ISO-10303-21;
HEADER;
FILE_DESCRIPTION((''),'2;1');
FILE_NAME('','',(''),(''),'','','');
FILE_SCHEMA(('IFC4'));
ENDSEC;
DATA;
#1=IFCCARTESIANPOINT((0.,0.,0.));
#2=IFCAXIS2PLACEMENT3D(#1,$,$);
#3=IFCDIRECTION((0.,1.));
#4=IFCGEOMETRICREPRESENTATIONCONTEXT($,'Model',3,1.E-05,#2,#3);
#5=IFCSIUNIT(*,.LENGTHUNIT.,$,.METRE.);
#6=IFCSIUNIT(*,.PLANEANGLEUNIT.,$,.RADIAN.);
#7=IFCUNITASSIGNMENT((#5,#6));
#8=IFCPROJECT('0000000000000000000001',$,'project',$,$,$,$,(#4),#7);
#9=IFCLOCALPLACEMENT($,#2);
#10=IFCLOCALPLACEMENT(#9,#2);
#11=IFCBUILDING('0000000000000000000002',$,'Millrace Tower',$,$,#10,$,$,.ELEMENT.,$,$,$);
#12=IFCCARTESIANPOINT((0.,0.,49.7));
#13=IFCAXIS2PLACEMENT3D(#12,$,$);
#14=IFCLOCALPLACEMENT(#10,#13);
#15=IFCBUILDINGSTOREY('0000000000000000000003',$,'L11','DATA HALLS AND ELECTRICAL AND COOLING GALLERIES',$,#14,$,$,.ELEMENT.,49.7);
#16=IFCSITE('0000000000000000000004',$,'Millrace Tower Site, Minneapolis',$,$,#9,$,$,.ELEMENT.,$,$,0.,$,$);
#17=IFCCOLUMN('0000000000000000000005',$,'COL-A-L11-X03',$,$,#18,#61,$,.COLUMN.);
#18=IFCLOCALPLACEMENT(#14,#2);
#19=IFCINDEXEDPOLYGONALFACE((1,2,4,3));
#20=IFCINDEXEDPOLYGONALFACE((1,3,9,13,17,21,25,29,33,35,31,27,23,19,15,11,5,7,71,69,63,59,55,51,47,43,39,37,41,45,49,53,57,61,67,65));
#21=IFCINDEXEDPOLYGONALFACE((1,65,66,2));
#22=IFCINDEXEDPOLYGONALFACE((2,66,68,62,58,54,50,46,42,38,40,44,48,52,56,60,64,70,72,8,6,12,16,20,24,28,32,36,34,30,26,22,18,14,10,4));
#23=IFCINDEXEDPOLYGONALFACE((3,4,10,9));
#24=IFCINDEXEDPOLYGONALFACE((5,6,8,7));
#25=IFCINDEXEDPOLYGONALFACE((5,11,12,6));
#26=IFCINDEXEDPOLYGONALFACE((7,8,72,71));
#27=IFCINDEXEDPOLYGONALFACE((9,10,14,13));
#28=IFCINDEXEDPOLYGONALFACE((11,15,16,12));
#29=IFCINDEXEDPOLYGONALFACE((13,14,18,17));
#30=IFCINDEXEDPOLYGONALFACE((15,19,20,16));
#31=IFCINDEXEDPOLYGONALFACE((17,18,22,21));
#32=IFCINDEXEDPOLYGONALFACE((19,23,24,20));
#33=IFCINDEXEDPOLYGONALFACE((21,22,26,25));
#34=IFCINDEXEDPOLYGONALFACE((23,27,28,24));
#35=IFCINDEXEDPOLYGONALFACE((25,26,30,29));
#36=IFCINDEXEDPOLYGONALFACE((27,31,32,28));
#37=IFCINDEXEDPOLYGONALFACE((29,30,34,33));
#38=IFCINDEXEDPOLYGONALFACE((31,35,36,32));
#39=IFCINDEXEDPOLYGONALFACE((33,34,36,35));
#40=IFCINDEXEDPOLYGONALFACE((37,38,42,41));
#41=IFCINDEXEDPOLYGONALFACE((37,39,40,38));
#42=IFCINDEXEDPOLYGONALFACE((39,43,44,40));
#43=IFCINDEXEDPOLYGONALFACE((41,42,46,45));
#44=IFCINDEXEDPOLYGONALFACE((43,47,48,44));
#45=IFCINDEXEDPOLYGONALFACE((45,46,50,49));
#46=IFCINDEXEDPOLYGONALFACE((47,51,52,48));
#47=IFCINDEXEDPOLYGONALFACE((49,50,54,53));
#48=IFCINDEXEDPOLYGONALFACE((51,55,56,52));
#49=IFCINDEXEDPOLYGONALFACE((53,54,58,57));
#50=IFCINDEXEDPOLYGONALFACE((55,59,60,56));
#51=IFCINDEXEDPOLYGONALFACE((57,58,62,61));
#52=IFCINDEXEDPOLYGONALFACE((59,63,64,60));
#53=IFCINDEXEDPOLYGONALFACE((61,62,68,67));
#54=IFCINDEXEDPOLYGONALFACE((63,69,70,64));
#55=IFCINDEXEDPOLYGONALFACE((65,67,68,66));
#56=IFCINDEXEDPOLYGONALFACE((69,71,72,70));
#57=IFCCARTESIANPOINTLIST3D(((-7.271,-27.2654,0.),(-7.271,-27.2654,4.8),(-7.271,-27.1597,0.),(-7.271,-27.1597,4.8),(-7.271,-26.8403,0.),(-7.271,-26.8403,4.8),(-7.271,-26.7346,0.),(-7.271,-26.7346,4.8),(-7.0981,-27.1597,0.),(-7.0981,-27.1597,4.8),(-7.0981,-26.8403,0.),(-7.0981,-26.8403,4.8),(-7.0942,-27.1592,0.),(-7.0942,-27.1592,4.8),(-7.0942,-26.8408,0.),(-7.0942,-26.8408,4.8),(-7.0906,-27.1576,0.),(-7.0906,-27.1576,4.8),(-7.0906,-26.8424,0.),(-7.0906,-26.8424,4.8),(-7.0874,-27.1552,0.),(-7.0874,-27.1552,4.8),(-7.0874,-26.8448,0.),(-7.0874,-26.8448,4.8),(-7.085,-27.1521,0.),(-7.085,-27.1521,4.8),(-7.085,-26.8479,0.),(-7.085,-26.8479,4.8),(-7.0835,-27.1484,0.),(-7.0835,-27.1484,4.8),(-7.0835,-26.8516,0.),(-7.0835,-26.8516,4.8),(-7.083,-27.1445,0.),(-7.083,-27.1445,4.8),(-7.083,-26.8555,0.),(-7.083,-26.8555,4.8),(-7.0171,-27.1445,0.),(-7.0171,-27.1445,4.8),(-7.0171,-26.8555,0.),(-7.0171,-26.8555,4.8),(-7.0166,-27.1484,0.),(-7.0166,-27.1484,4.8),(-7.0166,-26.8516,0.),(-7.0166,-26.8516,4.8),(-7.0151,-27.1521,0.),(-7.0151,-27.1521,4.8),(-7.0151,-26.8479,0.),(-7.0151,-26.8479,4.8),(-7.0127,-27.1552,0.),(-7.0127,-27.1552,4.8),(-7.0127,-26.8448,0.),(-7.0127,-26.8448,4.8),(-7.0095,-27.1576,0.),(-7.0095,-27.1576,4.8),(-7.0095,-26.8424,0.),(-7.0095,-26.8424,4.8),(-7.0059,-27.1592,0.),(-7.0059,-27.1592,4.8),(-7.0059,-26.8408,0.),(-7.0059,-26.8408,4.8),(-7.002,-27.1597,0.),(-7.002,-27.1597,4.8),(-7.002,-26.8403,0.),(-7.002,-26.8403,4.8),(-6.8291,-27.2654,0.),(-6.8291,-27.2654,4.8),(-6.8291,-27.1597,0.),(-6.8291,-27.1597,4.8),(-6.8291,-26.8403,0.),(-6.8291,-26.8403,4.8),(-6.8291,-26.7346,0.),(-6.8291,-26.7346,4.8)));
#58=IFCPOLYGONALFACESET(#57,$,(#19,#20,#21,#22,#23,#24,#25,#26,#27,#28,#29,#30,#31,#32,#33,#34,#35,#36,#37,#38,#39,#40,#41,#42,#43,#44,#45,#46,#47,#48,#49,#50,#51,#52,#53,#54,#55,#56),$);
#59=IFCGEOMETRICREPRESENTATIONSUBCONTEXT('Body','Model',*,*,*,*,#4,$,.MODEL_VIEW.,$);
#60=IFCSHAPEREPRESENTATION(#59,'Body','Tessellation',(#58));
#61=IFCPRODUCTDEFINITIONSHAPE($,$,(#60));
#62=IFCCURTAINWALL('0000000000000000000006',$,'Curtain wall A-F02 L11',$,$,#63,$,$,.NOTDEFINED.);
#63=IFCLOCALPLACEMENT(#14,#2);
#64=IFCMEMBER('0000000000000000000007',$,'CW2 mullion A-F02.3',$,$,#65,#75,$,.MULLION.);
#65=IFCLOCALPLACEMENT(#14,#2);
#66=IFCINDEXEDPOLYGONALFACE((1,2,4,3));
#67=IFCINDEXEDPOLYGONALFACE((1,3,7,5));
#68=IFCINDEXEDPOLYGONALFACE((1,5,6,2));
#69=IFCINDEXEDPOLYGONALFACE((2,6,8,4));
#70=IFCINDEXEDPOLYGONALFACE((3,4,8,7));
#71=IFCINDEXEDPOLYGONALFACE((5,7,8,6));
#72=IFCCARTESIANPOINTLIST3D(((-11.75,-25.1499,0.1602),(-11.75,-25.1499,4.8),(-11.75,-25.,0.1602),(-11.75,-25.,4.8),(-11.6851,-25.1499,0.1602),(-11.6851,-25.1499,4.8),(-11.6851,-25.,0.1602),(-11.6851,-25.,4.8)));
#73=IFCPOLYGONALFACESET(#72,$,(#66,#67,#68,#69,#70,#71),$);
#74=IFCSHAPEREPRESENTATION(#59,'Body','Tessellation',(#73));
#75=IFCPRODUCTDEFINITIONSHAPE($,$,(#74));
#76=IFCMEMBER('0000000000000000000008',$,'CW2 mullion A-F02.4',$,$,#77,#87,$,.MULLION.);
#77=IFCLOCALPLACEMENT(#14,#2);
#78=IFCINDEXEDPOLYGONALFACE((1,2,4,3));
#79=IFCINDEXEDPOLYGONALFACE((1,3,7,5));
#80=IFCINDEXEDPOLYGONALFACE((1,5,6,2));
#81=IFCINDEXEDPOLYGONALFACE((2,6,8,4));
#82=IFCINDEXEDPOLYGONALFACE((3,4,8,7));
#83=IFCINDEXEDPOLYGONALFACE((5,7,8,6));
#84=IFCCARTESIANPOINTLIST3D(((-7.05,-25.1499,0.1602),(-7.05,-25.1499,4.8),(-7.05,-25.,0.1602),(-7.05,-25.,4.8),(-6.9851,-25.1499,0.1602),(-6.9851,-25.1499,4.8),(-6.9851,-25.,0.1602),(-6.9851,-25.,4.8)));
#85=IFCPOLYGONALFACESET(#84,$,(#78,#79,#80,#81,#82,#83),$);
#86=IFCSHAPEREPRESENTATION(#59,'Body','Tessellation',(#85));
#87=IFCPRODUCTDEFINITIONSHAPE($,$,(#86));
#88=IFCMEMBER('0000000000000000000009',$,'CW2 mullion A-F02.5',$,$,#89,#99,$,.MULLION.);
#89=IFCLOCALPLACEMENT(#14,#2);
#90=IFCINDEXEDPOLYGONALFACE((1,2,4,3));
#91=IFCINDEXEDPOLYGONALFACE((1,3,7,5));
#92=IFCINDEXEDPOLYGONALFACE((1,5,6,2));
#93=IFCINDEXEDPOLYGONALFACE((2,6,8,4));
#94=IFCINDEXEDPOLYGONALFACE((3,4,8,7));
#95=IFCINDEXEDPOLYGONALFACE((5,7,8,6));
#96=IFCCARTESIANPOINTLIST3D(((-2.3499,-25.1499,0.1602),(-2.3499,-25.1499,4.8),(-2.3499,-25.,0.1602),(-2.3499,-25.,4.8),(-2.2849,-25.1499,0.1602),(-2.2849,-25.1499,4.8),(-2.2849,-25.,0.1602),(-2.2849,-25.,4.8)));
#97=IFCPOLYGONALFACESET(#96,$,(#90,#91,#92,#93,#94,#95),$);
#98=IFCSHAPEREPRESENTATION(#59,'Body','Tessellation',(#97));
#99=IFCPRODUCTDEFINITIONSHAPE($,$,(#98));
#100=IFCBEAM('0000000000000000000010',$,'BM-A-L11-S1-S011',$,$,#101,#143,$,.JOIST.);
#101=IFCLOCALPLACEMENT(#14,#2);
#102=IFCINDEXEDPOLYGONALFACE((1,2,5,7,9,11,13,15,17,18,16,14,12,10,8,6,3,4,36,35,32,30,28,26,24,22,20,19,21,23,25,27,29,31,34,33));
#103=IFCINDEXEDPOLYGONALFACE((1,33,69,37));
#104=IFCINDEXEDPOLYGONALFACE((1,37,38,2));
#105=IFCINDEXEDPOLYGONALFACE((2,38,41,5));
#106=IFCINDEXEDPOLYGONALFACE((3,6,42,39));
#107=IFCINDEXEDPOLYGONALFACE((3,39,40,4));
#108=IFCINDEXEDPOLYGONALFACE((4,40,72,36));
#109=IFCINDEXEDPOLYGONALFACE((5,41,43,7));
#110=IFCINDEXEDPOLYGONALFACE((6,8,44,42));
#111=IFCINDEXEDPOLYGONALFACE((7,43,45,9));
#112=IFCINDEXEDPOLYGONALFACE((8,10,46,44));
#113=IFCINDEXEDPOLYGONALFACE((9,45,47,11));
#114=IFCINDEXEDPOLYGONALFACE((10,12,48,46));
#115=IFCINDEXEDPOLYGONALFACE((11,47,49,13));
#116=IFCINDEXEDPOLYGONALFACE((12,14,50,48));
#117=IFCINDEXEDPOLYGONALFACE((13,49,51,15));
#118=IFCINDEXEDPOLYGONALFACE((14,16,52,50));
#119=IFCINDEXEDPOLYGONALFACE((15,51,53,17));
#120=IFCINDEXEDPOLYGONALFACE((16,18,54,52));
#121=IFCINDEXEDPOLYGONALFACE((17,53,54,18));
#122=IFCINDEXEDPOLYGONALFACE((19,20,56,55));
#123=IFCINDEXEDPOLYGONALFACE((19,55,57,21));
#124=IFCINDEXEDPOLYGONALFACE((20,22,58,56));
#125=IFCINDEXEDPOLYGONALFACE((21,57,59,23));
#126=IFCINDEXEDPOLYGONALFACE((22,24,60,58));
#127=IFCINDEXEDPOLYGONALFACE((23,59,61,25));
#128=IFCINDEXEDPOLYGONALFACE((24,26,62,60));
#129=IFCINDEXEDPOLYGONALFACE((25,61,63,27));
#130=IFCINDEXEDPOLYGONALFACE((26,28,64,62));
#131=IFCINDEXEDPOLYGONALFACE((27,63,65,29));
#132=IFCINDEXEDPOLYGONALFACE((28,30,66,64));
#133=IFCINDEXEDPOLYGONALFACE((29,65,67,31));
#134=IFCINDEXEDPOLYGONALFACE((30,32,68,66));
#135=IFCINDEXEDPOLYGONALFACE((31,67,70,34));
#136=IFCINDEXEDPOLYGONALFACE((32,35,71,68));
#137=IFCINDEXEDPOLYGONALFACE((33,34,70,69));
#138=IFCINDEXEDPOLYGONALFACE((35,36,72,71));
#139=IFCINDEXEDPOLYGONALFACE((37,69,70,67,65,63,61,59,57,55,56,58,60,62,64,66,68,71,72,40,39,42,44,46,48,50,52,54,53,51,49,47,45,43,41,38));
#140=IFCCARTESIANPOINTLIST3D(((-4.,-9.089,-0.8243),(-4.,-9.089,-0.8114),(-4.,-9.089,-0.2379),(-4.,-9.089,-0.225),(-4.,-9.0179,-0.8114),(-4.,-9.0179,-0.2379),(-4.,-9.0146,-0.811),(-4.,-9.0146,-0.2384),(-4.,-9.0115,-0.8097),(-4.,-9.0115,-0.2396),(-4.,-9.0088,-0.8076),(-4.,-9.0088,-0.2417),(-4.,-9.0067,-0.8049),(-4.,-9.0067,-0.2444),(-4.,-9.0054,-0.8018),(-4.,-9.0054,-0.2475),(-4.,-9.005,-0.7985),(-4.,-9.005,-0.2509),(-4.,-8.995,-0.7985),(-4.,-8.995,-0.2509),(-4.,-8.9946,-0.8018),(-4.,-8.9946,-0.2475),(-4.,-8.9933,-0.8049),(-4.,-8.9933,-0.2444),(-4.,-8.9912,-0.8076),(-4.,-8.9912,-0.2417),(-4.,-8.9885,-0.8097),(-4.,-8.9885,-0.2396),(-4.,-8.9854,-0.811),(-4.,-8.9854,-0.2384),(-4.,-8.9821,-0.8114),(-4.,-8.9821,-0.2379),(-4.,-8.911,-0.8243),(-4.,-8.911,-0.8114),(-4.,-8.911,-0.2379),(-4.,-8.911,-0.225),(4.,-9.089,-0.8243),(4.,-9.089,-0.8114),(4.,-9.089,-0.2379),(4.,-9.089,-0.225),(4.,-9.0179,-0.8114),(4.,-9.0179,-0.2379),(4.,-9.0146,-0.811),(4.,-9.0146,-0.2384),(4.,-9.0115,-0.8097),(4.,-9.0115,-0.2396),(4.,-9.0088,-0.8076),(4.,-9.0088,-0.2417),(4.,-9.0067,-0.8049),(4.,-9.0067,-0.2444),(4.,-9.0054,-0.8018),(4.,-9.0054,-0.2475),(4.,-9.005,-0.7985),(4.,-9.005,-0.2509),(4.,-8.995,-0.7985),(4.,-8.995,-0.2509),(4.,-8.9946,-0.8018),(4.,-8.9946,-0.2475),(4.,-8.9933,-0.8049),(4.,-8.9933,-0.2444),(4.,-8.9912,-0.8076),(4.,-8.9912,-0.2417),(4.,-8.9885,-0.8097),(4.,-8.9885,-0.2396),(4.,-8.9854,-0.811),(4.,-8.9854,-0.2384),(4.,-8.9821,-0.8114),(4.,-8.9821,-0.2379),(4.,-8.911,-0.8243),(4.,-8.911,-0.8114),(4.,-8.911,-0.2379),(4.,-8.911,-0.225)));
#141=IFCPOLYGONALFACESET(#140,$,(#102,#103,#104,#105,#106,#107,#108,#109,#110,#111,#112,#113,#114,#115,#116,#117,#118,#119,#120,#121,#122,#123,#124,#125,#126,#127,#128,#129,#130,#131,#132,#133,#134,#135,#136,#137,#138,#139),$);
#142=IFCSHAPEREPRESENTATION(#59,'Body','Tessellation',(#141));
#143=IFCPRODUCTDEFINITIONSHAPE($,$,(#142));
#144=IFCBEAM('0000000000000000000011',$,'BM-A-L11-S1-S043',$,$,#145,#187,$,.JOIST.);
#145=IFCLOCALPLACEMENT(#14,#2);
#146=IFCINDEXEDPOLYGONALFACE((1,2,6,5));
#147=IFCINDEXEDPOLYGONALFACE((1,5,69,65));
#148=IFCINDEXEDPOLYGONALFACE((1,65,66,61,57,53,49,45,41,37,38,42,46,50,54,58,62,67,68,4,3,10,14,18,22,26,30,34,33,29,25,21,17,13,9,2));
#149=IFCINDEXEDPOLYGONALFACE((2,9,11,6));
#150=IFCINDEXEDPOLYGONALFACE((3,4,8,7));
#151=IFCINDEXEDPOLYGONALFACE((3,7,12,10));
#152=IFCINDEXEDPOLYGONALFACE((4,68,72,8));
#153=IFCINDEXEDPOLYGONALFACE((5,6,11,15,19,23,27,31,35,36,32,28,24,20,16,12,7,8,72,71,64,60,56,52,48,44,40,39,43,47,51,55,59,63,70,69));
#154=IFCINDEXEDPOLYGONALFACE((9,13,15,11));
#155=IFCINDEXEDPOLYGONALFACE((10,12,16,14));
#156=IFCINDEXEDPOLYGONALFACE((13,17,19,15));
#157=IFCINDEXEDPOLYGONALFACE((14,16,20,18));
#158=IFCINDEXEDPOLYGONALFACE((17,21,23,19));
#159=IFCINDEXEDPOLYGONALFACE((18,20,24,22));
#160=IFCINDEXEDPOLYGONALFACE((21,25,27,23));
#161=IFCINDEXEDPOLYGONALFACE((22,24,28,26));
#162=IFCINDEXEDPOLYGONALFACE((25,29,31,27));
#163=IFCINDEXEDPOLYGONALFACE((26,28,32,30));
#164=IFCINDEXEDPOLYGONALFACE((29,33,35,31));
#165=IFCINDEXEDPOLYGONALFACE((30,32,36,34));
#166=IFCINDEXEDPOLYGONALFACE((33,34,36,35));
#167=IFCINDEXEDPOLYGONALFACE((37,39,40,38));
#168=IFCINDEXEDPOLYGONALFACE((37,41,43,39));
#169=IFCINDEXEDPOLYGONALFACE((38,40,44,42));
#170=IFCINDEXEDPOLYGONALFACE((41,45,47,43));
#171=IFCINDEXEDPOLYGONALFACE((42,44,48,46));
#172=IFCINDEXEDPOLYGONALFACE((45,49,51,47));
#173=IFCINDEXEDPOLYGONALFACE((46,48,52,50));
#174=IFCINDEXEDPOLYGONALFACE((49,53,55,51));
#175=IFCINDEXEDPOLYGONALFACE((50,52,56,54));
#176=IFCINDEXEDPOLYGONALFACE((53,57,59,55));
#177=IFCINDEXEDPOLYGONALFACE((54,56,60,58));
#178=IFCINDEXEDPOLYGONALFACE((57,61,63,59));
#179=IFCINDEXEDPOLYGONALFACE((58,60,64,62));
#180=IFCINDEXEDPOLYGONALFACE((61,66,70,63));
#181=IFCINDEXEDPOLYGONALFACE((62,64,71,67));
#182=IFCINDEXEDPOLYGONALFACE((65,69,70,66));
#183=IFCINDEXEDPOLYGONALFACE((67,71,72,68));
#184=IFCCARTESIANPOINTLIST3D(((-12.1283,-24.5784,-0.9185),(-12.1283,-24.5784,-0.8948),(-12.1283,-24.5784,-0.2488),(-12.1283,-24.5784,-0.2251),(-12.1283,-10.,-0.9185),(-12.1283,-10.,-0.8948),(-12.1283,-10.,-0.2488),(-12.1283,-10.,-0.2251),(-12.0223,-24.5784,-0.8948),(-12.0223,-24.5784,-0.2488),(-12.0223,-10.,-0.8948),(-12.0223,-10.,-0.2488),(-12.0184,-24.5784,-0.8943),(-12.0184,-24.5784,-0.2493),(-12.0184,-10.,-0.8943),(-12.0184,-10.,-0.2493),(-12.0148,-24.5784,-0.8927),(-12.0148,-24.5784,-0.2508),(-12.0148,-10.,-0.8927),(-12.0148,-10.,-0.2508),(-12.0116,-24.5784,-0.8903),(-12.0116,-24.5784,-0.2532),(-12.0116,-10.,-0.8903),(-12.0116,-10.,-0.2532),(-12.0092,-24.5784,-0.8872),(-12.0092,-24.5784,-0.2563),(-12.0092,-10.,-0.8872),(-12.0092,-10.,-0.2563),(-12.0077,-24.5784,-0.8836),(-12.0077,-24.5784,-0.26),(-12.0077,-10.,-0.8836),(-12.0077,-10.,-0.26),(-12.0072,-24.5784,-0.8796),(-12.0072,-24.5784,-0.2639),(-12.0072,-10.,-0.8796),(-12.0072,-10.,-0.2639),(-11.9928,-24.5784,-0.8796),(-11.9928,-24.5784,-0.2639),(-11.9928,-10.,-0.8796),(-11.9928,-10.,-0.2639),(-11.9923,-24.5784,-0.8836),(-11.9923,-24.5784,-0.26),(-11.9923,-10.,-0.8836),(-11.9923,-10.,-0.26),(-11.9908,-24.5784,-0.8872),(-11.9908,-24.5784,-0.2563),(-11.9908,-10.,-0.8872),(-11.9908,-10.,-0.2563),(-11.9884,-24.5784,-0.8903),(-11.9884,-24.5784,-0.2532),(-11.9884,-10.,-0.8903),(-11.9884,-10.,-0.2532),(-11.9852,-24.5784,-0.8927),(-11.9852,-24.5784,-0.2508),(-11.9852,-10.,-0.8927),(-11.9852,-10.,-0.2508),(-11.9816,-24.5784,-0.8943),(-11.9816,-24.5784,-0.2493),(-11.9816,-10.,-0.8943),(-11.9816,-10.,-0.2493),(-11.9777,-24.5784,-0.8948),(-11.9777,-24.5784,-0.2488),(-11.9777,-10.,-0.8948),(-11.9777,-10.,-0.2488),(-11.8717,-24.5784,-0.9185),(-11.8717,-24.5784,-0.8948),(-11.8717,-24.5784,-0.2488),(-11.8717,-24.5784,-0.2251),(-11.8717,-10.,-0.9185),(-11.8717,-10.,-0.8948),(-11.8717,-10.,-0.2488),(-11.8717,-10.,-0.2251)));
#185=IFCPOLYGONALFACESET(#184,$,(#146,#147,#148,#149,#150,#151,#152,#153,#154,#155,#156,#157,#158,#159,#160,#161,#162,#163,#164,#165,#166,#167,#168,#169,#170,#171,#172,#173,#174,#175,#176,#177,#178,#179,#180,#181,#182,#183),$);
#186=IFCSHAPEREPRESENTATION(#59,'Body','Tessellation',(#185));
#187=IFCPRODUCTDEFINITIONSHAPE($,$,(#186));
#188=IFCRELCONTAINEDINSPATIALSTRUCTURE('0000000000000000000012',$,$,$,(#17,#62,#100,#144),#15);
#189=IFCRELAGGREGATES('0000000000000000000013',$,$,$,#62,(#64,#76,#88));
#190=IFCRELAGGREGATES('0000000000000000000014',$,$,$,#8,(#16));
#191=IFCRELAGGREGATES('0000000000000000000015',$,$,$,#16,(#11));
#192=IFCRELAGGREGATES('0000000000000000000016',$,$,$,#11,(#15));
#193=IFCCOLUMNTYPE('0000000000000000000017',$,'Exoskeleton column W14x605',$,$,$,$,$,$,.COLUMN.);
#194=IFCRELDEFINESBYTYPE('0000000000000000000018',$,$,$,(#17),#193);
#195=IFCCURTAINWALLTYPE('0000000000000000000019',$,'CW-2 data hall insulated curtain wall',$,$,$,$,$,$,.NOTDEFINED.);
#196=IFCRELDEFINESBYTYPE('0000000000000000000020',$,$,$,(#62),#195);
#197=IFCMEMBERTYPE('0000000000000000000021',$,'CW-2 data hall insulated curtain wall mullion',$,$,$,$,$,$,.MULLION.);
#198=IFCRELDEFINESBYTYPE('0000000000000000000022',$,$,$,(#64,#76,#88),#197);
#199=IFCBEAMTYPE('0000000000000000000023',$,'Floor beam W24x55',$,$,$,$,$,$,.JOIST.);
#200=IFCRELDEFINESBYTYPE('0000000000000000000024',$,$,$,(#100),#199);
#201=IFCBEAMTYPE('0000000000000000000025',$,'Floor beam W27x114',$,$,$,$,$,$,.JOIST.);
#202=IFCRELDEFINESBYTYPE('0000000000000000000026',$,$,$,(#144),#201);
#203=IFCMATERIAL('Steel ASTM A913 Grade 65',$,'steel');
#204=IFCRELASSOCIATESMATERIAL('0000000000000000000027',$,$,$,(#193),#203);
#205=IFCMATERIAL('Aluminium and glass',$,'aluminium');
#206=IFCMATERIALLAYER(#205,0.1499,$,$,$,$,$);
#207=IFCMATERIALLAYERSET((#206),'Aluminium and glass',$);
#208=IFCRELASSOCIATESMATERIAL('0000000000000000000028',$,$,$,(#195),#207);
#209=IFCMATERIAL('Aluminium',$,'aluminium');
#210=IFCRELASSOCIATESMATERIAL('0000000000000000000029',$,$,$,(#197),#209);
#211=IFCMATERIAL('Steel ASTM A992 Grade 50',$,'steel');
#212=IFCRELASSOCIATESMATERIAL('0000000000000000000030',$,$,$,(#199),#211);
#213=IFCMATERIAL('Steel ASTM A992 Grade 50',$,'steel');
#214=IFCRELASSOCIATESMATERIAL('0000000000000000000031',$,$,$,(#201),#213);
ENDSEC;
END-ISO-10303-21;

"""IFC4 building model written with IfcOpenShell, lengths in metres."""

from ifc_helpers import new_model, si_unit, direction, frame, origin, origin_2d, place, context, subcontext, project, spatial, rectangle, i_section, extrude, material, layer, layer_set, material_profile, profile_set, type_object, element, aggregate, save


model = new_model("IFC4")

# Units and contexts
model_context = context("Model", 3, precision=1e-05, world=origin(), true_north=direction((0.0, 1.0)))
body_context = subcontext(model_context, "Body", "Model", "MODEL_VIEW")
ifc_project = project(units=[si_unit("LENGTHUNIT", "METRE"), si_unit("PLANEANGLEUNIT", "RADIAN")], contexts=[model_context])

# Site, building, storey
site_placement = place(None, origin())
site = spatial("IfcSite", under=ifc_project, at=site_placement, Name="Millrace Tower Site, Minneapolis", CompositionType="ELEMENT", RefElevation=0.0)
building_placement = place(site_placement, origin())
building = spatial("IfcBuilding", under=site, at=building_placement, Name="Millrace Tower", CompositionType="ELEMENT")
storey_placement = place(building_placement, frame((0.0, 0.0, 49.7)))
storey = spatial("IfcBuildingStorey", under=building, at=storey_placement, Name="L11", Description="DATA HALLS AND ELECTRICAL AND COOLING GALLERIES", CompositionType="ELEMENT", Elevation=49.7)

# Column
ifc_material_1 = material(Name="Steel ASTM A913 Grade 65", Category="steel")
ifc_material_profile_1 = material_profile(ifc_material_1, i_section(OverallWidth=0.4419, OverallDepth=0.5308, WebThickness=0.0659, FlangeThickness=0.1057, FilletRadius=0.0151, at=origin_2d()))
ifc_profile_set_1 = profile_set([ifc_material_profile_1], Name="Steel ASTM A913 Grade 65")
column_type = type_object("IfcColumnType", Name="Exoskeleton column W14x605", PredefinedType="COLUMN", material=ifc_profile_set_1)
column_placement = place(storey_placement, frame((-7.05, -27.0, 0.0), z_axis=(0.0, 0.0, 1.0), x_axis=(1.0, 0.0, 0.0)))
element("IfcColumn", 1, at=column_placement, inside=storey, type_object=column_type, Name="COL-A-L11-X03", PredefinedType="COLUMN", context=body_context, shape_type="SweptSolid", body=[
    extrude(i_section(OverallWidth=0.4419, OverallDepth=0.5308, WebThickness=0.0659, FlangeThickness=0.1057, FilletRadius=0.0151, at=origin_2d()), origin(), (0.0, 0.0, 1.0), 4.8),
])

# Curtain wall, members
ifc_material_2 = material(Name="Aluminium and glass", Category="aluminium")
ifc_layer_1 = layer(ifc_material_2, 0.1499)
ifc_layer_set_1 = layer_set([ifc_layer_1], Name="Aluminium and glass")
curtain_wall_type = type_object("IfcCurtainWallType", Name="CW-2 data hall insulated curtain wall", PredefinedType="NOTDEFINED", material=ifc_layer_set_1)
curtain_wall_placement = place(storey_placement, origin())
curtain_wall = element("IfcCurtainWall", 2, at=curtain_wall_placement, inside=storey, type_object=curtain_wall_type, Name="Curtain wall A-F02 L11", PredefinedType="NOTDEFINED")
ifc_material_3 = material(Name="Aluminium", Category="aluminium")
ifc_material_profile_2 = material_profile(ifc_material_3, rectangle(XDim=0.0649, YDim=0.1499, at=origin_2d()))
ifc_profile_set_2 = profile_set([ifc_material_profile_2], Name="Aluminium")
member_type = type_object("IfcMemberType", Name="CW-2 data hall insulated curtain wall mullion", PredefinedType="MULLION", material=ifc_profile_set_2)
member_1_placement = place(storey_placement, frame((-11.7175, -25.075, 0.1602), z_axis=(0.0, 0.0, 1.0), x_axis=(1.0, 0.0, 0.0)))
member_1 = element("IfcMember", 3, at=member_1_placement, type_object=member_type, Name="CW2 mullion A-F02.3", PredefinedType="MULLION", context=body_context, shape_type="SweptSolid", body=[
    extrude(rectangle(XDim=0.0649, YDim=0.1499, at=origin_2d()), origin(), (0.0, 0.0, 1.0), 4.6399),
])
member_2_placement = place(storey_placement, frame((-7.0176, -25.075, 0.1602), z_axis=(0.0, 0.0, 1.0), x_axis=(1.0, 0.0, 0.0)))
member_2 = element("IfcMember", 4, at=member_2_placement, type_object=member_type, Name="CW2 mullion A-F02.4", PredefinedType="MULLION", context=body_context, shape_type="SweptSolid", body=[
    extrude(rectangle(XDim=0.0649, YDim=0.1499, at=origin_2d()), origin(), (0.0, 0.0, 1.0), 4.6399),
])
member_3_placement = place(storey_placement, frame((-2.3174, -25.075, 0.1602), z_axis=(0.0, 0.0, 1.0), x_axis=(1.0, 0.0, 0.0)))
member_3 = element("IfcMember", 5, at=member_3_placement, type_object=member_type, Name="CW2 mullion A-F02.5", PredefinedType="MULLION", context=body_context, shape_type="SweptSolid", body=[
    extrude(rectangle(XDim=0.0649, YDim=0.1499, at=origin_2d()), origin(), (0.0, 0.0, 1.0), 4.6399),
])
aggregate(curtain_wall, [member_1, member_2, member_3])

# Beams
ifc_material_4 = material(Name="Steel ASTM A992 Grade 50", Category="steel")
ifc_material_profile_3 = material_profile(ifc_material_4, i_section(OverallWidth=0.178, OverallDepth=0.5994, WebThickness=0.01, FlangeThickness=0.0129, FilletRadius=0.0129, at=origin_2d()))
ifc_profile_set_3 = profile_set([ifc_material_profile_3], Name="Steel ASTM A992 Grade 50")
beam_type_1 = type_object("IfcBeamType", Name="Floor beam W24x55", PredefinedType="JOIST", material=ifc_profile_set_3)
beam_1_placement = place(storey_placement, frame((-4.0, -9.0, -0.5247), z_axis=(1.0, 0.0, 0.0), x_axis=(0.0, 1.0, 0.0)))
element("IfcBeam", 6, at=beam_1_placement, inside=storey, type_object=beam_type_1, Name="BM-A-L11-S1-S011", PredefinedType="JOIST", context=body_context, shape_type="SweptSolid", body=[
    extrude(i_section(OverallWidth=0.178, OverallDepth=0.5994, WebThickness=0.01, FlangeThickness=0.0129, FilletRadius=0.0129, at=origin_2d()), origin(), (0.0, 0.0, 1.0), 8.0),
])
ifc_material_5 = material(Name="Steel ASTM A992 Grade 50", Category="steel")
ifc_material_profile_4 = material_profile(ifc_material_5, i_section(OverallWidth=0.2566, OverallDepth=0.6934, WebThickness=0.0144, FlangeThickness=0.0237, FilletRadius=0.0151, at=origin_2d()))
ifc_profile_set_4 = profile_set([ifc_material_profile_4], Name="Steel ASTM A992 Grade 50")
beam_type_2 = type_object("IfcBeamType", Name="Floor beam W27x114", PredefinedType="JOIST", material=ifc_profile_set_4)
for number, where, z_axis, x_axis, name in (
    (7, (-12.0, -24.5784, -0.5718), (0.0, 1.0, 0.0), (-1.0, 0.0, 0.0), "BM-A-L11-S1-S043"),
):
    element("IfcBeam", number, at=place(storey_placement, frame(where, z_axis=z_axis, x_axis=x_axis)), inside=storey, type_object=beam_type_2, Name=name, PredefinedType="JOIST", context=body_context, shape_type="SweptSolid", body=[
        extrude(i_section(OverallWidth=0.2566, OverallDepth=0.6934, WebThickness=0.0144, FlangeThickness=0.0237, FilletRadius=0.0151, at=origin_2d()), origin(), (0.0, 0.0, 1.0), 14.5784),
    ])

save(model, "model.ifc")
